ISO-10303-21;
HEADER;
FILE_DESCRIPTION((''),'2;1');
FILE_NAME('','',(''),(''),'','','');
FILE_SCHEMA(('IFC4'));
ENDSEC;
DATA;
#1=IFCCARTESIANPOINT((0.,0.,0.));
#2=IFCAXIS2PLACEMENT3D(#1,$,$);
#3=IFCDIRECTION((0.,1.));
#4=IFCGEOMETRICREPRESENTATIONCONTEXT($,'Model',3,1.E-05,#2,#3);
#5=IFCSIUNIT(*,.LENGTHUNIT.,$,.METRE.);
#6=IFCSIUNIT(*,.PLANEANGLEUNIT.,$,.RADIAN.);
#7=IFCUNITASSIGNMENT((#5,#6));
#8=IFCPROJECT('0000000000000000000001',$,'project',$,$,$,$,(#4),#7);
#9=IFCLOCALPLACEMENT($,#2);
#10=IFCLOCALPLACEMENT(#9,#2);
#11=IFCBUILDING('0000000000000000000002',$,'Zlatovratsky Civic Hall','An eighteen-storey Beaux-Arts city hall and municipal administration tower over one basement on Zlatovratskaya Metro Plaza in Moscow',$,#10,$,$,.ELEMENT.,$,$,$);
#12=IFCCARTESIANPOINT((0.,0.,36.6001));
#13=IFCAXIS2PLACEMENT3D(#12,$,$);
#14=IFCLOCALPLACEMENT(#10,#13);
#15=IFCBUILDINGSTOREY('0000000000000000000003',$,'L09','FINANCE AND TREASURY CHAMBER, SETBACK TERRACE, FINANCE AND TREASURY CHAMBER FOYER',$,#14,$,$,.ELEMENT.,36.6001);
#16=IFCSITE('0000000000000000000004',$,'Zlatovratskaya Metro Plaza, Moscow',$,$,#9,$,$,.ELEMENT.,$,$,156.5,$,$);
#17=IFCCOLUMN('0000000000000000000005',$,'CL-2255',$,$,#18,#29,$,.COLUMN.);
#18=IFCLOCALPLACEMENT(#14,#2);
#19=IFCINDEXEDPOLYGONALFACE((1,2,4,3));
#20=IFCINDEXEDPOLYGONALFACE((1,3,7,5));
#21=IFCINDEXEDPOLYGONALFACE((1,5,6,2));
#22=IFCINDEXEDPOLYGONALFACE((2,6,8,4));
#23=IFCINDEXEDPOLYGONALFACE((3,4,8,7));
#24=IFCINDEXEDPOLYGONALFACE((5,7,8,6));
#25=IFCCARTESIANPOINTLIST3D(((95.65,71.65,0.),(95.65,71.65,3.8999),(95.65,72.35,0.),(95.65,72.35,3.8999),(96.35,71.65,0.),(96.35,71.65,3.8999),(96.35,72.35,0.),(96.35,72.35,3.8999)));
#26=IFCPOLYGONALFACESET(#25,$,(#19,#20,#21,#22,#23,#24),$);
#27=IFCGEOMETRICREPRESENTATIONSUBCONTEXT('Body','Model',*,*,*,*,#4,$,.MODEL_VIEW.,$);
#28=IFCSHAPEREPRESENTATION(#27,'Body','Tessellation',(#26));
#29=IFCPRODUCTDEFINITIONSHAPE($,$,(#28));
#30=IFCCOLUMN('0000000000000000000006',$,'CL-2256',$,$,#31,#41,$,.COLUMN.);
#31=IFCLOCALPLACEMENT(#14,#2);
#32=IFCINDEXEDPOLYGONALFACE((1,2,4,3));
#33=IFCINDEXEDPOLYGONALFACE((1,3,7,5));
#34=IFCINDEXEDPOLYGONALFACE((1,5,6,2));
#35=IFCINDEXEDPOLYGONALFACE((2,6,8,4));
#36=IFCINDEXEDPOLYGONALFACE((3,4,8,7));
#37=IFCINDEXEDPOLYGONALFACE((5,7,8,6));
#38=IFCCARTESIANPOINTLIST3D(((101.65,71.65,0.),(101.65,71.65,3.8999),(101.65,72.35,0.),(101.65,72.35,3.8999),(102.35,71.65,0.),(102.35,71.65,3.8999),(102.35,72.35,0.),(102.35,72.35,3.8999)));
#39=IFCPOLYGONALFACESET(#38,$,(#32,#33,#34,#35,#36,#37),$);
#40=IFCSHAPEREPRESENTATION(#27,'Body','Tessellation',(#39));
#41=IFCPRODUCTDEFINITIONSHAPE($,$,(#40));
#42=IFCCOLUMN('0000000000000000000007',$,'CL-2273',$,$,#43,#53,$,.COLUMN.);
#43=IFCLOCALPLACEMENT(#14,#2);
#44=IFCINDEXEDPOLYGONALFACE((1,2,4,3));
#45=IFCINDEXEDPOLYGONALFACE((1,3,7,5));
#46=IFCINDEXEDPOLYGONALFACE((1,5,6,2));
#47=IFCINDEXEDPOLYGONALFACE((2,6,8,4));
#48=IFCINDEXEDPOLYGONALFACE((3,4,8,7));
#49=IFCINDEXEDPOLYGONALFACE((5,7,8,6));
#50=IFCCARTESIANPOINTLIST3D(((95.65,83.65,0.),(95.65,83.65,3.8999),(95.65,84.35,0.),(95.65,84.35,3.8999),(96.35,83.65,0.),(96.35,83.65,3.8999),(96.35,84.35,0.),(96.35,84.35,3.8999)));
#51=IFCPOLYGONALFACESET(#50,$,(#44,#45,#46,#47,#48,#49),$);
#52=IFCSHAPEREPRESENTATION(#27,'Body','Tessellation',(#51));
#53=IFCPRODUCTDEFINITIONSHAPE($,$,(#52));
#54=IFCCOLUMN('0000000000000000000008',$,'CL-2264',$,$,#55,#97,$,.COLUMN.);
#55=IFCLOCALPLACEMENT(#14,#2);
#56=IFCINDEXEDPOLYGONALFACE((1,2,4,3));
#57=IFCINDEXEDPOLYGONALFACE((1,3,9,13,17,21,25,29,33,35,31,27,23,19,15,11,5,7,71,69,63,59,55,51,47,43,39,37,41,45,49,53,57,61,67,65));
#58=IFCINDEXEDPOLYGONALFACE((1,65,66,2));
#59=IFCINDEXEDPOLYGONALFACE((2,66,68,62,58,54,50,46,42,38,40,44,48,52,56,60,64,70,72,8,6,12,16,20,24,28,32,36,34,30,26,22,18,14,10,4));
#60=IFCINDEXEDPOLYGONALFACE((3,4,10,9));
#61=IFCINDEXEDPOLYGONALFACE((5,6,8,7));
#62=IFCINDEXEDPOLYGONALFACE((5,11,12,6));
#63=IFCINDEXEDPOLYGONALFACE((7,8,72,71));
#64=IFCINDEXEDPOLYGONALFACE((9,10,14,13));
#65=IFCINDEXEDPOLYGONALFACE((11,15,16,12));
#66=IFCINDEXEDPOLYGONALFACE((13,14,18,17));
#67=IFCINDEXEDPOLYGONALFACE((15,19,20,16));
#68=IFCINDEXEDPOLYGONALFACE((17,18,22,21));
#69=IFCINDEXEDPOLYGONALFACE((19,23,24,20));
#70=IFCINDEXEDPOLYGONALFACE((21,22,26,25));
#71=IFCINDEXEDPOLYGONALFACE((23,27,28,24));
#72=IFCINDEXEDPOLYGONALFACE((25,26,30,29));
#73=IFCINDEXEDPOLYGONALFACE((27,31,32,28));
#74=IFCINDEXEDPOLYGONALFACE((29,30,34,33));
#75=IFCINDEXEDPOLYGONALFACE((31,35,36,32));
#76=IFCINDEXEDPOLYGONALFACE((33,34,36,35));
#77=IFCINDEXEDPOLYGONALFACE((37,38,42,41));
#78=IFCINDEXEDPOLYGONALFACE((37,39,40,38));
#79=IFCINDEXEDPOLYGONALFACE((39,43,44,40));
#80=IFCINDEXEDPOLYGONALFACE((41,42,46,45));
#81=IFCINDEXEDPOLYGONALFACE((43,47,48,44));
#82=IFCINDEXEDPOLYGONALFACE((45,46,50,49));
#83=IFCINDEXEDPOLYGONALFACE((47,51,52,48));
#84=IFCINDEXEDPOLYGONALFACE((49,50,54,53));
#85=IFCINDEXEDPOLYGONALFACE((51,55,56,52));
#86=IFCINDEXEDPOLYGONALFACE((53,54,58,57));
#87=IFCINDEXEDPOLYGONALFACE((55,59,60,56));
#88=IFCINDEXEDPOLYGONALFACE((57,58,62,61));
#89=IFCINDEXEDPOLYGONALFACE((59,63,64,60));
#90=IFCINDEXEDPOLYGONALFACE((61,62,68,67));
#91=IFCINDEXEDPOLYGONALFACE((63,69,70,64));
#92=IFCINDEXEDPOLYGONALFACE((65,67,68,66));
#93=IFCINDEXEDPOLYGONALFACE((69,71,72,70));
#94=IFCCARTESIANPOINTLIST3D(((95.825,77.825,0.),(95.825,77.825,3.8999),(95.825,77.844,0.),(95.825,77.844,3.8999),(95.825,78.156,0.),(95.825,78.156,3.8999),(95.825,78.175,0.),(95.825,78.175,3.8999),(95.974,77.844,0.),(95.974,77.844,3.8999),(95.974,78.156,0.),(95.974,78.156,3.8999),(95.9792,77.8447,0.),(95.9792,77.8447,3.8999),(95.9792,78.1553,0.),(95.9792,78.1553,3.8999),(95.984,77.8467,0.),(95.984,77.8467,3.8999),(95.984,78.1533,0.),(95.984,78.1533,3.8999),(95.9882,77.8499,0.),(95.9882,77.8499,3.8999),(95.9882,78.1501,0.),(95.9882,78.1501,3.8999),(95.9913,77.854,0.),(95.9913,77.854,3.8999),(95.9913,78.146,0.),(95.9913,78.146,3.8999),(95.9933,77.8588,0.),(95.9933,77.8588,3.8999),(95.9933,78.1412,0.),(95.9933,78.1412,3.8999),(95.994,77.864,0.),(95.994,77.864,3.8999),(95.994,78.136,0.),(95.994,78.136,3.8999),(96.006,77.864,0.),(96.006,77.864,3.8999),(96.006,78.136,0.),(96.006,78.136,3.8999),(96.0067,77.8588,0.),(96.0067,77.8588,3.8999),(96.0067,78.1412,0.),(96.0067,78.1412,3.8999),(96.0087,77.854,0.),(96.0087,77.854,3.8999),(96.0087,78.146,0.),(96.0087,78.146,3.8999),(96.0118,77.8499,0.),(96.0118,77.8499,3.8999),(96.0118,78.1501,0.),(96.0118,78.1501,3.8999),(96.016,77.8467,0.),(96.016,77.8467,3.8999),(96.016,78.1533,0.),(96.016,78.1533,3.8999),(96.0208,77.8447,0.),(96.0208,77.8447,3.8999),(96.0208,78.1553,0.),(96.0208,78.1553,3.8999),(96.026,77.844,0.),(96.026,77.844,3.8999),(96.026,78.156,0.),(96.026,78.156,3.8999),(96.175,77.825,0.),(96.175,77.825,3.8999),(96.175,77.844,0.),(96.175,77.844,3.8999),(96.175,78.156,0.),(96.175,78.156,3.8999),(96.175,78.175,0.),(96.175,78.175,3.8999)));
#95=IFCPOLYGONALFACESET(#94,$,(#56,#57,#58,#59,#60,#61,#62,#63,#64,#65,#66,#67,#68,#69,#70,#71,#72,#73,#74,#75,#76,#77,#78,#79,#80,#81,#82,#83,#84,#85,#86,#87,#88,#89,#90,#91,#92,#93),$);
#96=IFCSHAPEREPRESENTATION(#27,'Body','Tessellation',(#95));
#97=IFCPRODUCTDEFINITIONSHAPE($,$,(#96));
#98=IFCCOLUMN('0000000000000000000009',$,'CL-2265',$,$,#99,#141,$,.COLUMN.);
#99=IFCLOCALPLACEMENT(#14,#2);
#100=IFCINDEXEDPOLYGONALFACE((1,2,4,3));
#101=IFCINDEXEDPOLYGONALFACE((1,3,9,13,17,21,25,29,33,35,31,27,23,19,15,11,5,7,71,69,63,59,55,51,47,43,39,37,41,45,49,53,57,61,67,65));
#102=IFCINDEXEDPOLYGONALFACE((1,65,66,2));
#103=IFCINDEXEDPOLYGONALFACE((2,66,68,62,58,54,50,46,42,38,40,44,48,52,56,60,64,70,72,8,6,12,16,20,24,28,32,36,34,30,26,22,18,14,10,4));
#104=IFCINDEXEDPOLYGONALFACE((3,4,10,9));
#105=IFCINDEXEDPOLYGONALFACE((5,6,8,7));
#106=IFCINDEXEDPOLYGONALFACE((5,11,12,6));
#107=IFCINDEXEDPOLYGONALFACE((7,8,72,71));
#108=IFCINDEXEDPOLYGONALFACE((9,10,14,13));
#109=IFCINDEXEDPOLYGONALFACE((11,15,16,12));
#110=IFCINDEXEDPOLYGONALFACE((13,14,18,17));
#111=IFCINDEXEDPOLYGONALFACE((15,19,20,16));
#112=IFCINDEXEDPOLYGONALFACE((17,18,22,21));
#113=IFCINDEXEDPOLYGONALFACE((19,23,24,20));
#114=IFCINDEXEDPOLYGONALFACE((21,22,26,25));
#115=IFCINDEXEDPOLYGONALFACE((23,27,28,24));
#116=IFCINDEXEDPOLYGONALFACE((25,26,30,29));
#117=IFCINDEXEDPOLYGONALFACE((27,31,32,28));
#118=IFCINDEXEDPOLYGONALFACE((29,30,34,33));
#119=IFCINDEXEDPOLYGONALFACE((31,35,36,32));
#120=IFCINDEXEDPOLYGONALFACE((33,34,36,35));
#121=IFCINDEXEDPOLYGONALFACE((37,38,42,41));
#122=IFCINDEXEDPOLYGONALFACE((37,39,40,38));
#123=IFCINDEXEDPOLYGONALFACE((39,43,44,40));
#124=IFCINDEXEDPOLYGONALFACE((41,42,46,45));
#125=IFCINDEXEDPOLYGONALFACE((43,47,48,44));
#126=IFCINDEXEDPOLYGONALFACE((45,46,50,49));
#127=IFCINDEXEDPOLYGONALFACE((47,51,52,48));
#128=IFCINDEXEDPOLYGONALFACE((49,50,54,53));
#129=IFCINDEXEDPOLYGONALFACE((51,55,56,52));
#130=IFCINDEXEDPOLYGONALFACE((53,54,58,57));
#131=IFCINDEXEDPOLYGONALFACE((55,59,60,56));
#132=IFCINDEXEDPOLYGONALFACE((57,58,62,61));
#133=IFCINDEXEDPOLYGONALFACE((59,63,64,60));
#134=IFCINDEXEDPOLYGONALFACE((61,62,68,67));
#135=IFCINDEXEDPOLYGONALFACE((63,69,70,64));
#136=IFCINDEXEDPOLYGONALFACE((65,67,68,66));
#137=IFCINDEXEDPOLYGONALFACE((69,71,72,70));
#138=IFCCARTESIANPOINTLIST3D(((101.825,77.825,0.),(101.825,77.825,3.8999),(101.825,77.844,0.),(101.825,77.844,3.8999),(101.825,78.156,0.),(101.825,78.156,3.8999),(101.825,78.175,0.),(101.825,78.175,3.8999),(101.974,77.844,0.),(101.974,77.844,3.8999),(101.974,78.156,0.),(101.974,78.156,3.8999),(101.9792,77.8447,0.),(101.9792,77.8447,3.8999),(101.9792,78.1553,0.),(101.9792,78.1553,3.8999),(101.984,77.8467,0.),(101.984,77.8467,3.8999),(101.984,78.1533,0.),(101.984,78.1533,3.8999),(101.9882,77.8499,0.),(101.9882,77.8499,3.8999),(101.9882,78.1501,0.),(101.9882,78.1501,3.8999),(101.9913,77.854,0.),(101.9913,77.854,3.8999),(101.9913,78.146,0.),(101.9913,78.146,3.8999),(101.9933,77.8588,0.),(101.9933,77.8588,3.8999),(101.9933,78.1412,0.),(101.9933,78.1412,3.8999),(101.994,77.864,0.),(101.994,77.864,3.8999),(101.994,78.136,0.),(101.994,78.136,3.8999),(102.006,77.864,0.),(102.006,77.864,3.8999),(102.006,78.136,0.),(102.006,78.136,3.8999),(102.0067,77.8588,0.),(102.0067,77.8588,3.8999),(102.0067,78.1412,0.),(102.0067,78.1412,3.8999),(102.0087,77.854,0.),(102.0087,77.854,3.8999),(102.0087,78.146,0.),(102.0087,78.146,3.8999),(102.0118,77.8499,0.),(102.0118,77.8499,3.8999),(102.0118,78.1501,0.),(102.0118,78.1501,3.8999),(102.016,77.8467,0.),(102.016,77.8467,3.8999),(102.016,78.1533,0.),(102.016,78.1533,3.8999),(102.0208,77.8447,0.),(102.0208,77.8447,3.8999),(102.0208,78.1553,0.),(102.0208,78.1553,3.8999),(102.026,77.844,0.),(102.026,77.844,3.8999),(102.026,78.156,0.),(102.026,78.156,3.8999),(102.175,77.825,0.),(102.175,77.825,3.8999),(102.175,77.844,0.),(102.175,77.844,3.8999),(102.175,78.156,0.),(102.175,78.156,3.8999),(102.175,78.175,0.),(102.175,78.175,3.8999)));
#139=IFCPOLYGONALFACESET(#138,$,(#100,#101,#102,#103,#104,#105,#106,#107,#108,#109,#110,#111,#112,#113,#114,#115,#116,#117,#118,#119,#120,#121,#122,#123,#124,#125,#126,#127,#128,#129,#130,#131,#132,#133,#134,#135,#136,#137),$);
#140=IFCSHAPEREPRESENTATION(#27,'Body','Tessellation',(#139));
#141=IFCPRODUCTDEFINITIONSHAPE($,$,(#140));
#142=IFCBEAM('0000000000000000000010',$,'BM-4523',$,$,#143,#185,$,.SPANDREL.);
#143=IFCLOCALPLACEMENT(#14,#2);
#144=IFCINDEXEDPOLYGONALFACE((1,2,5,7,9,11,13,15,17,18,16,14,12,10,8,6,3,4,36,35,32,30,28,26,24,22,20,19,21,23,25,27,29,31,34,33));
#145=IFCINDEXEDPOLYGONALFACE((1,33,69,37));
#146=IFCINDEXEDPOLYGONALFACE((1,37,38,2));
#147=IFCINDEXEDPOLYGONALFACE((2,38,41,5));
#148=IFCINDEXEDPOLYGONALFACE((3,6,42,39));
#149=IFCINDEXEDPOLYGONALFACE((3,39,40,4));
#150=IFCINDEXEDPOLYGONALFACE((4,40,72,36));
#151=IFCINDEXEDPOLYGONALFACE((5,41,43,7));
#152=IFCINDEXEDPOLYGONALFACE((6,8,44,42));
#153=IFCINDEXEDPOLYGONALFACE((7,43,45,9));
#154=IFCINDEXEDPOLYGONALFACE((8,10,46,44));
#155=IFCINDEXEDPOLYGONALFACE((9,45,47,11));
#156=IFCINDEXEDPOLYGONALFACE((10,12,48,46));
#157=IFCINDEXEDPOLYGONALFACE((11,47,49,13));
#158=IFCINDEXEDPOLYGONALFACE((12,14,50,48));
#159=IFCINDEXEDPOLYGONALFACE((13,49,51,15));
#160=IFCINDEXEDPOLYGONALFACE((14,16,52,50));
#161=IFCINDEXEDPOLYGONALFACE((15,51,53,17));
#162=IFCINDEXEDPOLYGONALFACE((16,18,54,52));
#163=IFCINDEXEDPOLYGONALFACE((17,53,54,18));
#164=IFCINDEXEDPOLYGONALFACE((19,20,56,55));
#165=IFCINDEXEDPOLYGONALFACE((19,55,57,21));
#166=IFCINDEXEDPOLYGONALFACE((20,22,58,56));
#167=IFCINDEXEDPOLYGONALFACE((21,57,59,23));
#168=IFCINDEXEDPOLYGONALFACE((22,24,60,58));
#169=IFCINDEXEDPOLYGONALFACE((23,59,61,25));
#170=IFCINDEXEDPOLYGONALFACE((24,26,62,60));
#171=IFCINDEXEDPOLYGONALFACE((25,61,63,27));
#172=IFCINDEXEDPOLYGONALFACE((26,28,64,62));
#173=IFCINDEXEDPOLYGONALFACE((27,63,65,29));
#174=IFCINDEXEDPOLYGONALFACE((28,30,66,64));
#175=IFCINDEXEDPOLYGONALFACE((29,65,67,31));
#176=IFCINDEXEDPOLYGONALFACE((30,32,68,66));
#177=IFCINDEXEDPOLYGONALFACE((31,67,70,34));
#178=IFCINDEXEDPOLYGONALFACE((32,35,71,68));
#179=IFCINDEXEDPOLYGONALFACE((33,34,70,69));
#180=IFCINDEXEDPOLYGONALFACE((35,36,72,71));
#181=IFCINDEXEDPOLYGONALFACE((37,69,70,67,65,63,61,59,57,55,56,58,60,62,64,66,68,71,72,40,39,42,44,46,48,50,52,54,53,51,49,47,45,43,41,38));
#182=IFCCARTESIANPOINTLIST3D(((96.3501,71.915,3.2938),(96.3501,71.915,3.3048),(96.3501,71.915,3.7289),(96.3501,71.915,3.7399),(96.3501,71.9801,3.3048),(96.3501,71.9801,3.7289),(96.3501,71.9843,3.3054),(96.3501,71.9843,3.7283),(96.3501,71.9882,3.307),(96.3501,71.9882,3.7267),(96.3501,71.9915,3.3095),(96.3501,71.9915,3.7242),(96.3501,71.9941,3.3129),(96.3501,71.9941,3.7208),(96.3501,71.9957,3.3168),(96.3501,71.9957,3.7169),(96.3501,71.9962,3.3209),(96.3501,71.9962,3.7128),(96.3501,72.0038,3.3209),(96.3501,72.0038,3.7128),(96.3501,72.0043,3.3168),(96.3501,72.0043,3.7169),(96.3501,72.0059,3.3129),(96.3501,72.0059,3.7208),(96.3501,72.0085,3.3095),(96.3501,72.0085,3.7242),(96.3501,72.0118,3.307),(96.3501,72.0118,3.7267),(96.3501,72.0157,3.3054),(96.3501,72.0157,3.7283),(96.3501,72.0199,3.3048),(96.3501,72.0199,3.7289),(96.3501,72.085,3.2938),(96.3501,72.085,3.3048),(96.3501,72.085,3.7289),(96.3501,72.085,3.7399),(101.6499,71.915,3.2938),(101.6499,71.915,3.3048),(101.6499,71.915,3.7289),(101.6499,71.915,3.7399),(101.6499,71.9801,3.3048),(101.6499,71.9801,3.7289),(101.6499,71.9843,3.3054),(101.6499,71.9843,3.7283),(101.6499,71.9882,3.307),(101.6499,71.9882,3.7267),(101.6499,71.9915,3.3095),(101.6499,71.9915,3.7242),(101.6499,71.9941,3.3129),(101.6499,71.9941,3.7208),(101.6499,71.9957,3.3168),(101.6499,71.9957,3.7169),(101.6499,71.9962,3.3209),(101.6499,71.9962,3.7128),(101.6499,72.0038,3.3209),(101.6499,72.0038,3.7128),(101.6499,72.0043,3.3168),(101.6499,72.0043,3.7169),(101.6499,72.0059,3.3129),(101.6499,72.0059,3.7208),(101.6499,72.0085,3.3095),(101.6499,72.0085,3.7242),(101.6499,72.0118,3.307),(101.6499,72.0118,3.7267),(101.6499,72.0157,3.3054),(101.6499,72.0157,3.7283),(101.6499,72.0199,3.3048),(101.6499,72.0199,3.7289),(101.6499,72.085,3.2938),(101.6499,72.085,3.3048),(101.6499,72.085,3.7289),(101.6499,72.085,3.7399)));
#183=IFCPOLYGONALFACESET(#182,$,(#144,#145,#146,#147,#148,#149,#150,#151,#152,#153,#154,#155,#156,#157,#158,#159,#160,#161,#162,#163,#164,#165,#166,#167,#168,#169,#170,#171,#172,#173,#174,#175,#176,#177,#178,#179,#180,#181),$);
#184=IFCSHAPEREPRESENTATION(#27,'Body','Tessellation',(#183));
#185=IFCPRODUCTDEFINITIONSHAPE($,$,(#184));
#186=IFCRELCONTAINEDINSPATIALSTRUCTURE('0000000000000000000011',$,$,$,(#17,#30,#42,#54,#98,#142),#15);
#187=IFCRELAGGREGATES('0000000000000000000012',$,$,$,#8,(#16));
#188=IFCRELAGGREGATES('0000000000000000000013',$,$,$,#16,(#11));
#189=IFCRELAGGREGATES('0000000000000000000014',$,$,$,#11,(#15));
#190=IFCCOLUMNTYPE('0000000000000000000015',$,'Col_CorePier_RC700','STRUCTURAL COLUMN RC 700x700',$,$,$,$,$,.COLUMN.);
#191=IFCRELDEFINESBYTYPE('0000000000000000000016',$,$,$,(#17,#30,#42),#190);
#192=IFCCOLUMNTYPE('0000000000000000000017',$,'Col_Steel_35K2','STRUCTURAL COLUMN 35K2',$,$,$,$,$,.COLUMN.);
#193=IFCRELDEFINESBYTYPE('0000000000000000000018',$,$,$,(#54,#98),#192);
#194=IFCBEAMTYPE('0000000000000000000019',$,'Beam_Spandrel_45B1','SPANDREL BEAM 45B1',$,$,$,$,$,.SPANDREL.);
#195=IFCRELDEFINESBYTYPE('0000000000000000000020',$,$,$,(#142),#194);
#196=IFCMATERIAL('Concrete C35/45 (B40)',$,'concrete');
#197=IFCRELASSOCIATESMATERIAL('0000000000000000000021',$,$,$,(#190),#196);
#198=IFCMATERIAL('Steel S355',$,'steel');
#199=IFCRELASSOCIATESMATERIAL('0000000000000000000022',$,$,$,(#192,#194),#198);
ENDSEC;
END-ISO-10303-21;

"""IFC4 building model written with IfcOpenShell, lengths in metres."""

from ifc_helpers import new_model, si_unit, direction, frame, origin, origin_2d, place, context, subcontext, project, spatial, rectangle, i_section, extrude, material, material_profile, profile_set, type_object, element, save


model = new_model("IFC4")

# Units and contexts
model_context = context("Model", 3, precision=1e-05, world=origin(), true_north=direction((0.0, 1.0)))
body_context = subcontext(model_context, "Body", "Model", "MODEL_VIEW")
ifc_project = project(units=[si_unit("LENGTHUNIT", "METRE"), si_unit("PLANEANGLEUNIT", "RADIAN")], contexts=[model_context])

# Site, building, storey
site_placement = place(None, origin())
site = spatial("IfcSite", under=ifc_project, at=site_placement, Name="Zlatovratskaya Metro Plaza, Moscow", CompositionType="ELEMENT", RefElevation=156.5)
building_placement = place(site_placement, origin())
building = spatial("IfcBuilding", under=site, at=building_placement, Name="Zlatovratsky Civic Hall", Description="An eighteen-storey Beaux-Arts city hall and municipal administration tower over one basement on Zlatovratskaya Metro Plaza in Moscow", CompositionType="ELEMENT")
storey_placement = place(building_placement, frame((0.0, 0.0, 36.6001)))
storey = spatial("IfcBuildingStorey", under=building, at=storey_placement, Name="L09", Description="FINANCE AND TREASURY CHAMBER, SETBACK TERRACE, FINANCE AND TREASURY CHAMBER FOYER", CompositionType="ELEMENT", Elevation=36.6001)

# Columns
ifc_material_1 = material(Name="Concrete C35/45 (B40)", Category="concrete")
ifc_material_profile_1 = material_profile(ifc_material_1, rectangle(XDim=0.7, YDim=0.7, at=origin_2d()), Name="RC 700x700")
ifc_profile_set_1 = profile_set([ifc_material_profile_1], Name="Concrete C35/45 (B40)")
column_type_1 = type_object("IfcColumnType", Name="Col_CorePier_RC700", Description="STRUCTURAL COLUMN RC 700x700", PredefinedType="COLUMN", material=ifc_profile_set_1)
for number, where, z_axis, x_axis, name in (
    (1, (96.0, 72.0, 0.0), (0.0, 0.0, 1.0), (1.0, 0.0, 0.0), "CL-2255"),
    (2, (102.0, 72.0, 0.0), (0.0, 0.0, 1.0), (1.0, 0.0, 0.0), "CL-2256"),
    (3, (96.0, 84.0, 0.0), (0.0, 0.0, 1.0), (1.0, 0.0, 0.0), "CL-2273"),
):
    element("IfcColumn", number, at=place(storey_placement, frame(where, z_axis=z_axis, x_axis=x_axis)), inside=storey, type_object=column_type_1, Name=name, PredefinedType="COLUMN", context=body_context, shape_type="SweptSolid", body=[
        extrude(rectangle(XDim=0.7, YDim=0.7, at=origin_2d()), origin(), (0.0, 0.0, 1.0), 3.8999),
    ])
ifc_material_2 = material(Name="Steel S355", Category="steel")
ifc_material_profile_2 = material_profile(ifc_material_2, i_section(OverallWidth=0.3501, OverallDepth=0.3501, WebThickness=0.012, FlangeThickness=0.019, FilletRadius=0.02, at=origin_2d()), Name="35K2")
ifc_profile_set_2 = profile_set([ifc_material_profile_2], Name="Steel S355")
column_type_2 = type_object("IfcColumnType", Name="Col_Steel_35K2", Description="STRUCTURAL COLUMN 35K2", PredefinedType="COLUMN", material=ifc_profile_set_2)
for number, where, z_axis, x_axis, name in (
    (4, (96.0, 78.0, 0.0), (0.0, 0.0, 1.0), (1.0, 0.0, 0.0), "CL-2264"),
    (5, (102.0, 78.0, 0.0), (0.0, 0.0, 1.0), (1.0, 0.0, 0.0), "CL-2265"),
):
    element("IfcColumn", number, at=place(storey_placement, frame(where, z_axis=z_axis, x_axis=x_axis)), inside=storey, type_object=column_type_2, Name=name, PredefinedType="COLUMN", context=body_context, shape_type="SweptSolid", body=[
        extrude(i_section(OverallWidth=0.3501, OverallDepth=0.3501, WebThickness=0.012, FlangeThickness=0.019, FilletRadius=0.02, at=origin_2d()), origin(), (0.0, 0.0, 1.0), 3.8999),
    ])

# Beam
ifc_material_profile_3 = material_profile(ifc_material_2, i_section(OverallWidth=0.1699, OverallDepth=0.446, WebThickness=0.0076, FlangeThickness=0.011, FilletRadius=0.0161, at=origin_2d()), Name="45B1")
ifc_profile_set_3 = profile_set([ifc_material_profile_3], Name="Steel S355")
beam_type_1 = type_object("IfcBeamType", Name="Beam_Spandrel_45B1", Description="SPANDREL BEAM 45B1", PredefinedType="SPANDREL", material=ifc_profile_set_3)
beam_1_placement = place(storey_placement, frame((96.3501, 72.0, 3.5168), z_axis=(1.0, 0.0, 0.0), x_axis=(0.0, 1.0, 0.0)))
element("IfcBeam", 6, at=beam_1_placement, inside=storey, type_object=beam_type_1, Name="BM-4523", PredefinedType="SPANDREL", context=body_context, shape_type="SweptSolid", body=[
    extrude(i_section(OverallWidth=0.1699, OverallDepth=0.446, WebThickness=0.0076, FlangeThickness=0.011, FilletRadius=0.0161, at=origin_2d()), origin(), (0.0, 0.0, 1.0), 5.2998),
])

save(model, "model.ifc")
